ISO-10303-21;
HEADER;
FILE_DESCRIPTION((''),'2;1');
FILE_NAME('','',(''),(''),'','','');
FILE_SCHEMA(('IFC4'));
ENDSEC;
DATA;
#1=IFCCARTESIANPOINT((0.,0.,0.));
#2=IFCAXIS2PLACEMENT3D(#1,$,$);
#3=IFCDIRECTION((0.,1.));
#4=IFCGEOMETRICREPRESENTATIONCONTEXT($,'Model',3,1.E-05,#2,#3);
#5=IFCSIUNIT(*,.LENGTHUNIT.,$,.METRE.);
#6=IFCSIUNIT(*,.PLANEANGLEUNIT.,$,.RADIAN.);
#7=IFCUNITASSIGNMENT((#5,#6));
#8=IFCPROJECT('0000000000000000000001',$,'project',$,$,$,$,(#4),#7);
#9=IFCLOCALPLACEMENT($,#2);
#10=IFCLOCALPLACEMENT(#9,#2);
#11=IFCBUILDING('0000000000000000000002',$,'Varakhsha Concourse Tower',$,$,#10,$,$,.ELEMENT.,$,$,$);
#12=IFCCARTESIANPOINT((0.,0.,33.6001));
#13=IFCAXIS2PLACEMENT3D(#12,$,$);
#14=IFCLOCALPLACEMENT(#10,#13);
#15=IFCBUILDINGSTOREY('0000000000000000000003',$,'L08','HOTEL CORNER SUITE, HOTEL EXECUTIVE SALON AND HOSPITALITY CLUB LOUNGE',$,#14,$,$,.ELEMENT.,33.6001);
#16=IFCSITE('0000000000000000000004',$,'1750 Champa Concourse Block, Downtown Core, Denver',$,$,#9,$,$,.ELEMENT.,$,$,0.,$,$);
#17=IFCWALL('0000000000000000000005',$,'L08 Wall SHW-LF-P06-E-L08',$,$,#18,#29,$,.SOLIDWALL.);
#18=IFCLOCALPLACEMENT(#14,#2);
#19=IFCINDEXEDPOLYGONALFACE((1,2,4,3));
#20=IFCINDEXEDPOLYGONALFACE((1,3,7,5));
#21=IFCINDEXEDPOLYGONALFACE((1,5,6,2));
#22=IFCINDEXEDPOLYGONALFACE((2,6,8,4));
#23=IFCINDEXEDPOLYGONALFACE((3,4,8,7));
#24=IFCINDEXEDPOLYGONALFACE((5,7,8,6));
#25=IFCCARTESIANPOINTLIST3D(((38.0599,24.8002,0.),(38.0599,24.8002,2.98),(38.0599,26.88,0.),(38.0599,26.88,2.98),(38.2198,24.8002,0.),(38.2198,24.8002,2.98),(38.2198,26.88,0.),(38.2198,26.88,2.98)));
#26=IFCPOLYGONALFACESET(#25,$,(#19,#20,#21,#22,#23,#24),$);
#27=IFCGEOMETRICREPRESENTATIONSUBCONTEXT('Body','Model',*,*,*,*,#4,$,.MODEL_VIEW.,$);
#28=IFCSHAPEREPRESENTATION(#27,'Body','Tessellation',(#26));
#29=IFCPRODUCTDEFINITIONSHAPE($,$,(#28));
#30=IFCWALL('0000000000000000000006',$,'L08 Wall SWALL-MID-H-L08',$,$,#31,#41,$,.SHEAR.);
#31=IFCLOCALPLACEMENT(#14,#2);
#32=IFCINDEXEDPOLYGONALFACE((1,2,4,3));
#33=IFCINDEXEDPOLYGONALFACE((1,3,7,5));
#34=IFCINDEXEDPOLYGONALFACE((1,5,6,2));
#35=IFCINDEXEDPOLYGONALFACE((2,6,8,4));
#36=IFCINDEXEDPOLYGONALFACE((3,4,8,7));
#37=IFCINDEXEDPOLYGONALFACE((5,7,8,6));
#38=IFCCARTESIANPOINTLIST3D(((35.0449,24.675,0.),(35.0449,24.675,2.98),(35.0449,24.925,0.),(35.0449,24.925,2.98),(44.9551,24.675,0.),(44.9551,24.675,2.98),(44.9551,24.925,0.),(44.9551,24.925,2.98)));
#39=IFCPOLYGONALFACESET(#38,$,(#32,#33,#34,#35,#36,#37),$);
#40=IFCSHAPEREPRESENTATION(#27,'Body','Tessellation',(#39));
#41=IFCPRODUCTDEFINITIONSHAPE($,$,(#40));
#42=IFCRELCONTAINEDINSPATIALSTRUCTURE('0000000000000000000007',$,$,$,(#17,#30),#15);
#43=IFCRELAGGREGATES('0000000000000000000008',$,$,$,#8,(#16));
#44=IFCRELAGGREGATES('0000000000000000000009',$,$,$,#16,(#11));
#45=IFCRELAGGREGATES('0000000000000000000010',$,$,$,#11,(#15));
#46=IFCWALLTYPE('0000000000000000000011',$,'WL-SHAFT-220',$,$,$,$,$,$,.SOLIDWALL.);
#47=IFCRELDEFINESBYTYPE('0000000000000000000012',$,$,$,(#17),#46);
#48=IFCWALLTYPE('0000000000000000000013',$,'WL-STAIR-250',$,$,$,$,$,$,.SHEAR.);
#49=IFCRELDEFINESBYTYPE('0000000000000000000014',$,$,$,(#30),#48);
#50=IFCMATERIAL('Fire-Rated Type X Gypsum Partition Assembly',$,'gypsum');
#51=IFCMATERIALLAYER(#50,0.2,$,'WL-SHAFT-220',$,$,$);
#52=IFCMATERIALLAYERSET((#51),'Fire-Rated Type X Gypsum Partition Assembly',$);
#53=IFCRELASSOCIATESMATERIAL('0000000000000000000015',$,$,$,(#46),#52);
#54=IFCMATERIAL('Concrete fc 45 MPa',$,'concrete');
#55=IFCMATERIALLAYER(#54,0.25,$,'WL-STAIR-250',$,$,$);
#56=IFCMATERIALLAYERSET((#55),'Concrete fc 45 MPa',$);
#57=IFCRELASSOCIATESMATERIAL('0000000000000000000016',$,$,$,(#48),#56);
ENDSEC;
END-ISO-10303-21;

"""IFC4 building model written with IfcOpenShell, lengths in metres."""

from ifc_helpers import new_model, si_unit, direction, frame, frame_2d, origin, place, context, subcontext, project, spatial, rectangle, extrude, material, layer, layer_set, type_object, element, save


model = new_model("IFC4")

# Units and contexts
model_context = context("Model", 3, precision=1e-05, world=origin(), true_north=direction((0.0, 1.0)))
body_context = subcontext(model_context, "Body", "Model", "MODEL_VIEW")
ifc_project = project(units=[si_unit("LENGTHUNIT", "METRE"), si_unit("PLANEANGLEUNIT", "RADIAN")], contexts=[model_context])

# Site, building, storey
site_placement = place(None, origin())
site = spatial("IfcSite", under=ifc_project, at=site_placement, Name="1750 Champa Concourse Block, Downtown Core, Denver", CompositionType="ELEMENT", RefElevation=0.0)
building_placement = place(site_placement, origin())
building = spatial("IfcBuilding", under=site, at=building_placement, Name="Varakhsha Concourse Tower", CompositionType="ELEMENT")
storey_placement = place(building_placement, frame((0.0, 0.0, 33.6001)))
storey = spatial("IfcBuildingStorey", under=building, at=storey_placement, Name="L08", Description="HOTEL CORNER SUITE, HOTEL EXECUTIVE SALON AND HOSPITALITY CLUB LOUNGE", CompositionType="ELEMENT", Elevation=33.6001)

# Shared definitions
ifc_material_1 = material(Name="Fire-Rated Type X Gypsum Partition Assembly", Category="gypsum")

# Shared definitions
ifc_layer_1 = layer(ifc_material_1, 0.2, Name="WL-SHAFT-220")
ifc_layer_set_1 = layer_set([ifc_layer_1], Name="Fire-Rated Type X Gypsum Partition Assembly")
wall_type_1 = type_object("IfcWallType", Name="WL-SHAFT-220", PredefinedType="SOLIDWALL", material=ifc_layer_set_1)

# Walls
for number, where, z_axis, x_axis, name in (
    (1, (38.1399, 24.8, 0.0), (0.0, 0.0, 1.0), (0.0, 1.0, 0.0), "L08 Wall SHW-LF-P06-E-L08"),
):
    element("IfcWall", number, at=place(storey_placement, frame(where, z_axis=z_axis, x_axis=x_axis)), inside=storey, type_object=wall_type_1, Name=name, PredefinedType="SOLIDWALL", context=body_context, shape_type="SweptSolid", body=[
        extrude(rectangle(XDim=2.0798, YDim=0.1599, at=frame_2d((1.04, 0.0))), origin(), (0.0, 0.0, 1.0), 2.98),
    ])
ifc_material_2 = material(Name="Concrete fc 45 MPa", Category="concrete")
ifc_layer_2 = layer(ifc_material_2, 0.25, Name="WL-STAIR-250")
ifc_layer_set_2 = layer_set([ifc_layer_2], Name="Concrete fc 45 MPa")
wall_type_2 = type_object("IfcWallType", Name="WL-STAIR-250", PredefinedType="SHEAR", material=ifc_layer_set_2)
wall_1_placement = place(storey_placement, frame((35.0449, 24.8, 0.0), z_axis=(0.0, 0.0, 1.0), x_axis=(1.0, 0.0, 0.0)))
element("IfcWall", 2, at=wall_1_placement, inside=storey, type_object=wall_type_2, Name="L08 Wall SWALL-MID-H-L08", PredefinedType="SHEAR", context=body_context, shape_type="SweptSolid", body=[
    extrude(rectangle(XDim=9.9102, YDim=0.25, at=frame_2d((4.9551, 0.0))), origin(), (0.0, 0.0, 1.0), 2.98),
])

save(model, "model.ifc")
